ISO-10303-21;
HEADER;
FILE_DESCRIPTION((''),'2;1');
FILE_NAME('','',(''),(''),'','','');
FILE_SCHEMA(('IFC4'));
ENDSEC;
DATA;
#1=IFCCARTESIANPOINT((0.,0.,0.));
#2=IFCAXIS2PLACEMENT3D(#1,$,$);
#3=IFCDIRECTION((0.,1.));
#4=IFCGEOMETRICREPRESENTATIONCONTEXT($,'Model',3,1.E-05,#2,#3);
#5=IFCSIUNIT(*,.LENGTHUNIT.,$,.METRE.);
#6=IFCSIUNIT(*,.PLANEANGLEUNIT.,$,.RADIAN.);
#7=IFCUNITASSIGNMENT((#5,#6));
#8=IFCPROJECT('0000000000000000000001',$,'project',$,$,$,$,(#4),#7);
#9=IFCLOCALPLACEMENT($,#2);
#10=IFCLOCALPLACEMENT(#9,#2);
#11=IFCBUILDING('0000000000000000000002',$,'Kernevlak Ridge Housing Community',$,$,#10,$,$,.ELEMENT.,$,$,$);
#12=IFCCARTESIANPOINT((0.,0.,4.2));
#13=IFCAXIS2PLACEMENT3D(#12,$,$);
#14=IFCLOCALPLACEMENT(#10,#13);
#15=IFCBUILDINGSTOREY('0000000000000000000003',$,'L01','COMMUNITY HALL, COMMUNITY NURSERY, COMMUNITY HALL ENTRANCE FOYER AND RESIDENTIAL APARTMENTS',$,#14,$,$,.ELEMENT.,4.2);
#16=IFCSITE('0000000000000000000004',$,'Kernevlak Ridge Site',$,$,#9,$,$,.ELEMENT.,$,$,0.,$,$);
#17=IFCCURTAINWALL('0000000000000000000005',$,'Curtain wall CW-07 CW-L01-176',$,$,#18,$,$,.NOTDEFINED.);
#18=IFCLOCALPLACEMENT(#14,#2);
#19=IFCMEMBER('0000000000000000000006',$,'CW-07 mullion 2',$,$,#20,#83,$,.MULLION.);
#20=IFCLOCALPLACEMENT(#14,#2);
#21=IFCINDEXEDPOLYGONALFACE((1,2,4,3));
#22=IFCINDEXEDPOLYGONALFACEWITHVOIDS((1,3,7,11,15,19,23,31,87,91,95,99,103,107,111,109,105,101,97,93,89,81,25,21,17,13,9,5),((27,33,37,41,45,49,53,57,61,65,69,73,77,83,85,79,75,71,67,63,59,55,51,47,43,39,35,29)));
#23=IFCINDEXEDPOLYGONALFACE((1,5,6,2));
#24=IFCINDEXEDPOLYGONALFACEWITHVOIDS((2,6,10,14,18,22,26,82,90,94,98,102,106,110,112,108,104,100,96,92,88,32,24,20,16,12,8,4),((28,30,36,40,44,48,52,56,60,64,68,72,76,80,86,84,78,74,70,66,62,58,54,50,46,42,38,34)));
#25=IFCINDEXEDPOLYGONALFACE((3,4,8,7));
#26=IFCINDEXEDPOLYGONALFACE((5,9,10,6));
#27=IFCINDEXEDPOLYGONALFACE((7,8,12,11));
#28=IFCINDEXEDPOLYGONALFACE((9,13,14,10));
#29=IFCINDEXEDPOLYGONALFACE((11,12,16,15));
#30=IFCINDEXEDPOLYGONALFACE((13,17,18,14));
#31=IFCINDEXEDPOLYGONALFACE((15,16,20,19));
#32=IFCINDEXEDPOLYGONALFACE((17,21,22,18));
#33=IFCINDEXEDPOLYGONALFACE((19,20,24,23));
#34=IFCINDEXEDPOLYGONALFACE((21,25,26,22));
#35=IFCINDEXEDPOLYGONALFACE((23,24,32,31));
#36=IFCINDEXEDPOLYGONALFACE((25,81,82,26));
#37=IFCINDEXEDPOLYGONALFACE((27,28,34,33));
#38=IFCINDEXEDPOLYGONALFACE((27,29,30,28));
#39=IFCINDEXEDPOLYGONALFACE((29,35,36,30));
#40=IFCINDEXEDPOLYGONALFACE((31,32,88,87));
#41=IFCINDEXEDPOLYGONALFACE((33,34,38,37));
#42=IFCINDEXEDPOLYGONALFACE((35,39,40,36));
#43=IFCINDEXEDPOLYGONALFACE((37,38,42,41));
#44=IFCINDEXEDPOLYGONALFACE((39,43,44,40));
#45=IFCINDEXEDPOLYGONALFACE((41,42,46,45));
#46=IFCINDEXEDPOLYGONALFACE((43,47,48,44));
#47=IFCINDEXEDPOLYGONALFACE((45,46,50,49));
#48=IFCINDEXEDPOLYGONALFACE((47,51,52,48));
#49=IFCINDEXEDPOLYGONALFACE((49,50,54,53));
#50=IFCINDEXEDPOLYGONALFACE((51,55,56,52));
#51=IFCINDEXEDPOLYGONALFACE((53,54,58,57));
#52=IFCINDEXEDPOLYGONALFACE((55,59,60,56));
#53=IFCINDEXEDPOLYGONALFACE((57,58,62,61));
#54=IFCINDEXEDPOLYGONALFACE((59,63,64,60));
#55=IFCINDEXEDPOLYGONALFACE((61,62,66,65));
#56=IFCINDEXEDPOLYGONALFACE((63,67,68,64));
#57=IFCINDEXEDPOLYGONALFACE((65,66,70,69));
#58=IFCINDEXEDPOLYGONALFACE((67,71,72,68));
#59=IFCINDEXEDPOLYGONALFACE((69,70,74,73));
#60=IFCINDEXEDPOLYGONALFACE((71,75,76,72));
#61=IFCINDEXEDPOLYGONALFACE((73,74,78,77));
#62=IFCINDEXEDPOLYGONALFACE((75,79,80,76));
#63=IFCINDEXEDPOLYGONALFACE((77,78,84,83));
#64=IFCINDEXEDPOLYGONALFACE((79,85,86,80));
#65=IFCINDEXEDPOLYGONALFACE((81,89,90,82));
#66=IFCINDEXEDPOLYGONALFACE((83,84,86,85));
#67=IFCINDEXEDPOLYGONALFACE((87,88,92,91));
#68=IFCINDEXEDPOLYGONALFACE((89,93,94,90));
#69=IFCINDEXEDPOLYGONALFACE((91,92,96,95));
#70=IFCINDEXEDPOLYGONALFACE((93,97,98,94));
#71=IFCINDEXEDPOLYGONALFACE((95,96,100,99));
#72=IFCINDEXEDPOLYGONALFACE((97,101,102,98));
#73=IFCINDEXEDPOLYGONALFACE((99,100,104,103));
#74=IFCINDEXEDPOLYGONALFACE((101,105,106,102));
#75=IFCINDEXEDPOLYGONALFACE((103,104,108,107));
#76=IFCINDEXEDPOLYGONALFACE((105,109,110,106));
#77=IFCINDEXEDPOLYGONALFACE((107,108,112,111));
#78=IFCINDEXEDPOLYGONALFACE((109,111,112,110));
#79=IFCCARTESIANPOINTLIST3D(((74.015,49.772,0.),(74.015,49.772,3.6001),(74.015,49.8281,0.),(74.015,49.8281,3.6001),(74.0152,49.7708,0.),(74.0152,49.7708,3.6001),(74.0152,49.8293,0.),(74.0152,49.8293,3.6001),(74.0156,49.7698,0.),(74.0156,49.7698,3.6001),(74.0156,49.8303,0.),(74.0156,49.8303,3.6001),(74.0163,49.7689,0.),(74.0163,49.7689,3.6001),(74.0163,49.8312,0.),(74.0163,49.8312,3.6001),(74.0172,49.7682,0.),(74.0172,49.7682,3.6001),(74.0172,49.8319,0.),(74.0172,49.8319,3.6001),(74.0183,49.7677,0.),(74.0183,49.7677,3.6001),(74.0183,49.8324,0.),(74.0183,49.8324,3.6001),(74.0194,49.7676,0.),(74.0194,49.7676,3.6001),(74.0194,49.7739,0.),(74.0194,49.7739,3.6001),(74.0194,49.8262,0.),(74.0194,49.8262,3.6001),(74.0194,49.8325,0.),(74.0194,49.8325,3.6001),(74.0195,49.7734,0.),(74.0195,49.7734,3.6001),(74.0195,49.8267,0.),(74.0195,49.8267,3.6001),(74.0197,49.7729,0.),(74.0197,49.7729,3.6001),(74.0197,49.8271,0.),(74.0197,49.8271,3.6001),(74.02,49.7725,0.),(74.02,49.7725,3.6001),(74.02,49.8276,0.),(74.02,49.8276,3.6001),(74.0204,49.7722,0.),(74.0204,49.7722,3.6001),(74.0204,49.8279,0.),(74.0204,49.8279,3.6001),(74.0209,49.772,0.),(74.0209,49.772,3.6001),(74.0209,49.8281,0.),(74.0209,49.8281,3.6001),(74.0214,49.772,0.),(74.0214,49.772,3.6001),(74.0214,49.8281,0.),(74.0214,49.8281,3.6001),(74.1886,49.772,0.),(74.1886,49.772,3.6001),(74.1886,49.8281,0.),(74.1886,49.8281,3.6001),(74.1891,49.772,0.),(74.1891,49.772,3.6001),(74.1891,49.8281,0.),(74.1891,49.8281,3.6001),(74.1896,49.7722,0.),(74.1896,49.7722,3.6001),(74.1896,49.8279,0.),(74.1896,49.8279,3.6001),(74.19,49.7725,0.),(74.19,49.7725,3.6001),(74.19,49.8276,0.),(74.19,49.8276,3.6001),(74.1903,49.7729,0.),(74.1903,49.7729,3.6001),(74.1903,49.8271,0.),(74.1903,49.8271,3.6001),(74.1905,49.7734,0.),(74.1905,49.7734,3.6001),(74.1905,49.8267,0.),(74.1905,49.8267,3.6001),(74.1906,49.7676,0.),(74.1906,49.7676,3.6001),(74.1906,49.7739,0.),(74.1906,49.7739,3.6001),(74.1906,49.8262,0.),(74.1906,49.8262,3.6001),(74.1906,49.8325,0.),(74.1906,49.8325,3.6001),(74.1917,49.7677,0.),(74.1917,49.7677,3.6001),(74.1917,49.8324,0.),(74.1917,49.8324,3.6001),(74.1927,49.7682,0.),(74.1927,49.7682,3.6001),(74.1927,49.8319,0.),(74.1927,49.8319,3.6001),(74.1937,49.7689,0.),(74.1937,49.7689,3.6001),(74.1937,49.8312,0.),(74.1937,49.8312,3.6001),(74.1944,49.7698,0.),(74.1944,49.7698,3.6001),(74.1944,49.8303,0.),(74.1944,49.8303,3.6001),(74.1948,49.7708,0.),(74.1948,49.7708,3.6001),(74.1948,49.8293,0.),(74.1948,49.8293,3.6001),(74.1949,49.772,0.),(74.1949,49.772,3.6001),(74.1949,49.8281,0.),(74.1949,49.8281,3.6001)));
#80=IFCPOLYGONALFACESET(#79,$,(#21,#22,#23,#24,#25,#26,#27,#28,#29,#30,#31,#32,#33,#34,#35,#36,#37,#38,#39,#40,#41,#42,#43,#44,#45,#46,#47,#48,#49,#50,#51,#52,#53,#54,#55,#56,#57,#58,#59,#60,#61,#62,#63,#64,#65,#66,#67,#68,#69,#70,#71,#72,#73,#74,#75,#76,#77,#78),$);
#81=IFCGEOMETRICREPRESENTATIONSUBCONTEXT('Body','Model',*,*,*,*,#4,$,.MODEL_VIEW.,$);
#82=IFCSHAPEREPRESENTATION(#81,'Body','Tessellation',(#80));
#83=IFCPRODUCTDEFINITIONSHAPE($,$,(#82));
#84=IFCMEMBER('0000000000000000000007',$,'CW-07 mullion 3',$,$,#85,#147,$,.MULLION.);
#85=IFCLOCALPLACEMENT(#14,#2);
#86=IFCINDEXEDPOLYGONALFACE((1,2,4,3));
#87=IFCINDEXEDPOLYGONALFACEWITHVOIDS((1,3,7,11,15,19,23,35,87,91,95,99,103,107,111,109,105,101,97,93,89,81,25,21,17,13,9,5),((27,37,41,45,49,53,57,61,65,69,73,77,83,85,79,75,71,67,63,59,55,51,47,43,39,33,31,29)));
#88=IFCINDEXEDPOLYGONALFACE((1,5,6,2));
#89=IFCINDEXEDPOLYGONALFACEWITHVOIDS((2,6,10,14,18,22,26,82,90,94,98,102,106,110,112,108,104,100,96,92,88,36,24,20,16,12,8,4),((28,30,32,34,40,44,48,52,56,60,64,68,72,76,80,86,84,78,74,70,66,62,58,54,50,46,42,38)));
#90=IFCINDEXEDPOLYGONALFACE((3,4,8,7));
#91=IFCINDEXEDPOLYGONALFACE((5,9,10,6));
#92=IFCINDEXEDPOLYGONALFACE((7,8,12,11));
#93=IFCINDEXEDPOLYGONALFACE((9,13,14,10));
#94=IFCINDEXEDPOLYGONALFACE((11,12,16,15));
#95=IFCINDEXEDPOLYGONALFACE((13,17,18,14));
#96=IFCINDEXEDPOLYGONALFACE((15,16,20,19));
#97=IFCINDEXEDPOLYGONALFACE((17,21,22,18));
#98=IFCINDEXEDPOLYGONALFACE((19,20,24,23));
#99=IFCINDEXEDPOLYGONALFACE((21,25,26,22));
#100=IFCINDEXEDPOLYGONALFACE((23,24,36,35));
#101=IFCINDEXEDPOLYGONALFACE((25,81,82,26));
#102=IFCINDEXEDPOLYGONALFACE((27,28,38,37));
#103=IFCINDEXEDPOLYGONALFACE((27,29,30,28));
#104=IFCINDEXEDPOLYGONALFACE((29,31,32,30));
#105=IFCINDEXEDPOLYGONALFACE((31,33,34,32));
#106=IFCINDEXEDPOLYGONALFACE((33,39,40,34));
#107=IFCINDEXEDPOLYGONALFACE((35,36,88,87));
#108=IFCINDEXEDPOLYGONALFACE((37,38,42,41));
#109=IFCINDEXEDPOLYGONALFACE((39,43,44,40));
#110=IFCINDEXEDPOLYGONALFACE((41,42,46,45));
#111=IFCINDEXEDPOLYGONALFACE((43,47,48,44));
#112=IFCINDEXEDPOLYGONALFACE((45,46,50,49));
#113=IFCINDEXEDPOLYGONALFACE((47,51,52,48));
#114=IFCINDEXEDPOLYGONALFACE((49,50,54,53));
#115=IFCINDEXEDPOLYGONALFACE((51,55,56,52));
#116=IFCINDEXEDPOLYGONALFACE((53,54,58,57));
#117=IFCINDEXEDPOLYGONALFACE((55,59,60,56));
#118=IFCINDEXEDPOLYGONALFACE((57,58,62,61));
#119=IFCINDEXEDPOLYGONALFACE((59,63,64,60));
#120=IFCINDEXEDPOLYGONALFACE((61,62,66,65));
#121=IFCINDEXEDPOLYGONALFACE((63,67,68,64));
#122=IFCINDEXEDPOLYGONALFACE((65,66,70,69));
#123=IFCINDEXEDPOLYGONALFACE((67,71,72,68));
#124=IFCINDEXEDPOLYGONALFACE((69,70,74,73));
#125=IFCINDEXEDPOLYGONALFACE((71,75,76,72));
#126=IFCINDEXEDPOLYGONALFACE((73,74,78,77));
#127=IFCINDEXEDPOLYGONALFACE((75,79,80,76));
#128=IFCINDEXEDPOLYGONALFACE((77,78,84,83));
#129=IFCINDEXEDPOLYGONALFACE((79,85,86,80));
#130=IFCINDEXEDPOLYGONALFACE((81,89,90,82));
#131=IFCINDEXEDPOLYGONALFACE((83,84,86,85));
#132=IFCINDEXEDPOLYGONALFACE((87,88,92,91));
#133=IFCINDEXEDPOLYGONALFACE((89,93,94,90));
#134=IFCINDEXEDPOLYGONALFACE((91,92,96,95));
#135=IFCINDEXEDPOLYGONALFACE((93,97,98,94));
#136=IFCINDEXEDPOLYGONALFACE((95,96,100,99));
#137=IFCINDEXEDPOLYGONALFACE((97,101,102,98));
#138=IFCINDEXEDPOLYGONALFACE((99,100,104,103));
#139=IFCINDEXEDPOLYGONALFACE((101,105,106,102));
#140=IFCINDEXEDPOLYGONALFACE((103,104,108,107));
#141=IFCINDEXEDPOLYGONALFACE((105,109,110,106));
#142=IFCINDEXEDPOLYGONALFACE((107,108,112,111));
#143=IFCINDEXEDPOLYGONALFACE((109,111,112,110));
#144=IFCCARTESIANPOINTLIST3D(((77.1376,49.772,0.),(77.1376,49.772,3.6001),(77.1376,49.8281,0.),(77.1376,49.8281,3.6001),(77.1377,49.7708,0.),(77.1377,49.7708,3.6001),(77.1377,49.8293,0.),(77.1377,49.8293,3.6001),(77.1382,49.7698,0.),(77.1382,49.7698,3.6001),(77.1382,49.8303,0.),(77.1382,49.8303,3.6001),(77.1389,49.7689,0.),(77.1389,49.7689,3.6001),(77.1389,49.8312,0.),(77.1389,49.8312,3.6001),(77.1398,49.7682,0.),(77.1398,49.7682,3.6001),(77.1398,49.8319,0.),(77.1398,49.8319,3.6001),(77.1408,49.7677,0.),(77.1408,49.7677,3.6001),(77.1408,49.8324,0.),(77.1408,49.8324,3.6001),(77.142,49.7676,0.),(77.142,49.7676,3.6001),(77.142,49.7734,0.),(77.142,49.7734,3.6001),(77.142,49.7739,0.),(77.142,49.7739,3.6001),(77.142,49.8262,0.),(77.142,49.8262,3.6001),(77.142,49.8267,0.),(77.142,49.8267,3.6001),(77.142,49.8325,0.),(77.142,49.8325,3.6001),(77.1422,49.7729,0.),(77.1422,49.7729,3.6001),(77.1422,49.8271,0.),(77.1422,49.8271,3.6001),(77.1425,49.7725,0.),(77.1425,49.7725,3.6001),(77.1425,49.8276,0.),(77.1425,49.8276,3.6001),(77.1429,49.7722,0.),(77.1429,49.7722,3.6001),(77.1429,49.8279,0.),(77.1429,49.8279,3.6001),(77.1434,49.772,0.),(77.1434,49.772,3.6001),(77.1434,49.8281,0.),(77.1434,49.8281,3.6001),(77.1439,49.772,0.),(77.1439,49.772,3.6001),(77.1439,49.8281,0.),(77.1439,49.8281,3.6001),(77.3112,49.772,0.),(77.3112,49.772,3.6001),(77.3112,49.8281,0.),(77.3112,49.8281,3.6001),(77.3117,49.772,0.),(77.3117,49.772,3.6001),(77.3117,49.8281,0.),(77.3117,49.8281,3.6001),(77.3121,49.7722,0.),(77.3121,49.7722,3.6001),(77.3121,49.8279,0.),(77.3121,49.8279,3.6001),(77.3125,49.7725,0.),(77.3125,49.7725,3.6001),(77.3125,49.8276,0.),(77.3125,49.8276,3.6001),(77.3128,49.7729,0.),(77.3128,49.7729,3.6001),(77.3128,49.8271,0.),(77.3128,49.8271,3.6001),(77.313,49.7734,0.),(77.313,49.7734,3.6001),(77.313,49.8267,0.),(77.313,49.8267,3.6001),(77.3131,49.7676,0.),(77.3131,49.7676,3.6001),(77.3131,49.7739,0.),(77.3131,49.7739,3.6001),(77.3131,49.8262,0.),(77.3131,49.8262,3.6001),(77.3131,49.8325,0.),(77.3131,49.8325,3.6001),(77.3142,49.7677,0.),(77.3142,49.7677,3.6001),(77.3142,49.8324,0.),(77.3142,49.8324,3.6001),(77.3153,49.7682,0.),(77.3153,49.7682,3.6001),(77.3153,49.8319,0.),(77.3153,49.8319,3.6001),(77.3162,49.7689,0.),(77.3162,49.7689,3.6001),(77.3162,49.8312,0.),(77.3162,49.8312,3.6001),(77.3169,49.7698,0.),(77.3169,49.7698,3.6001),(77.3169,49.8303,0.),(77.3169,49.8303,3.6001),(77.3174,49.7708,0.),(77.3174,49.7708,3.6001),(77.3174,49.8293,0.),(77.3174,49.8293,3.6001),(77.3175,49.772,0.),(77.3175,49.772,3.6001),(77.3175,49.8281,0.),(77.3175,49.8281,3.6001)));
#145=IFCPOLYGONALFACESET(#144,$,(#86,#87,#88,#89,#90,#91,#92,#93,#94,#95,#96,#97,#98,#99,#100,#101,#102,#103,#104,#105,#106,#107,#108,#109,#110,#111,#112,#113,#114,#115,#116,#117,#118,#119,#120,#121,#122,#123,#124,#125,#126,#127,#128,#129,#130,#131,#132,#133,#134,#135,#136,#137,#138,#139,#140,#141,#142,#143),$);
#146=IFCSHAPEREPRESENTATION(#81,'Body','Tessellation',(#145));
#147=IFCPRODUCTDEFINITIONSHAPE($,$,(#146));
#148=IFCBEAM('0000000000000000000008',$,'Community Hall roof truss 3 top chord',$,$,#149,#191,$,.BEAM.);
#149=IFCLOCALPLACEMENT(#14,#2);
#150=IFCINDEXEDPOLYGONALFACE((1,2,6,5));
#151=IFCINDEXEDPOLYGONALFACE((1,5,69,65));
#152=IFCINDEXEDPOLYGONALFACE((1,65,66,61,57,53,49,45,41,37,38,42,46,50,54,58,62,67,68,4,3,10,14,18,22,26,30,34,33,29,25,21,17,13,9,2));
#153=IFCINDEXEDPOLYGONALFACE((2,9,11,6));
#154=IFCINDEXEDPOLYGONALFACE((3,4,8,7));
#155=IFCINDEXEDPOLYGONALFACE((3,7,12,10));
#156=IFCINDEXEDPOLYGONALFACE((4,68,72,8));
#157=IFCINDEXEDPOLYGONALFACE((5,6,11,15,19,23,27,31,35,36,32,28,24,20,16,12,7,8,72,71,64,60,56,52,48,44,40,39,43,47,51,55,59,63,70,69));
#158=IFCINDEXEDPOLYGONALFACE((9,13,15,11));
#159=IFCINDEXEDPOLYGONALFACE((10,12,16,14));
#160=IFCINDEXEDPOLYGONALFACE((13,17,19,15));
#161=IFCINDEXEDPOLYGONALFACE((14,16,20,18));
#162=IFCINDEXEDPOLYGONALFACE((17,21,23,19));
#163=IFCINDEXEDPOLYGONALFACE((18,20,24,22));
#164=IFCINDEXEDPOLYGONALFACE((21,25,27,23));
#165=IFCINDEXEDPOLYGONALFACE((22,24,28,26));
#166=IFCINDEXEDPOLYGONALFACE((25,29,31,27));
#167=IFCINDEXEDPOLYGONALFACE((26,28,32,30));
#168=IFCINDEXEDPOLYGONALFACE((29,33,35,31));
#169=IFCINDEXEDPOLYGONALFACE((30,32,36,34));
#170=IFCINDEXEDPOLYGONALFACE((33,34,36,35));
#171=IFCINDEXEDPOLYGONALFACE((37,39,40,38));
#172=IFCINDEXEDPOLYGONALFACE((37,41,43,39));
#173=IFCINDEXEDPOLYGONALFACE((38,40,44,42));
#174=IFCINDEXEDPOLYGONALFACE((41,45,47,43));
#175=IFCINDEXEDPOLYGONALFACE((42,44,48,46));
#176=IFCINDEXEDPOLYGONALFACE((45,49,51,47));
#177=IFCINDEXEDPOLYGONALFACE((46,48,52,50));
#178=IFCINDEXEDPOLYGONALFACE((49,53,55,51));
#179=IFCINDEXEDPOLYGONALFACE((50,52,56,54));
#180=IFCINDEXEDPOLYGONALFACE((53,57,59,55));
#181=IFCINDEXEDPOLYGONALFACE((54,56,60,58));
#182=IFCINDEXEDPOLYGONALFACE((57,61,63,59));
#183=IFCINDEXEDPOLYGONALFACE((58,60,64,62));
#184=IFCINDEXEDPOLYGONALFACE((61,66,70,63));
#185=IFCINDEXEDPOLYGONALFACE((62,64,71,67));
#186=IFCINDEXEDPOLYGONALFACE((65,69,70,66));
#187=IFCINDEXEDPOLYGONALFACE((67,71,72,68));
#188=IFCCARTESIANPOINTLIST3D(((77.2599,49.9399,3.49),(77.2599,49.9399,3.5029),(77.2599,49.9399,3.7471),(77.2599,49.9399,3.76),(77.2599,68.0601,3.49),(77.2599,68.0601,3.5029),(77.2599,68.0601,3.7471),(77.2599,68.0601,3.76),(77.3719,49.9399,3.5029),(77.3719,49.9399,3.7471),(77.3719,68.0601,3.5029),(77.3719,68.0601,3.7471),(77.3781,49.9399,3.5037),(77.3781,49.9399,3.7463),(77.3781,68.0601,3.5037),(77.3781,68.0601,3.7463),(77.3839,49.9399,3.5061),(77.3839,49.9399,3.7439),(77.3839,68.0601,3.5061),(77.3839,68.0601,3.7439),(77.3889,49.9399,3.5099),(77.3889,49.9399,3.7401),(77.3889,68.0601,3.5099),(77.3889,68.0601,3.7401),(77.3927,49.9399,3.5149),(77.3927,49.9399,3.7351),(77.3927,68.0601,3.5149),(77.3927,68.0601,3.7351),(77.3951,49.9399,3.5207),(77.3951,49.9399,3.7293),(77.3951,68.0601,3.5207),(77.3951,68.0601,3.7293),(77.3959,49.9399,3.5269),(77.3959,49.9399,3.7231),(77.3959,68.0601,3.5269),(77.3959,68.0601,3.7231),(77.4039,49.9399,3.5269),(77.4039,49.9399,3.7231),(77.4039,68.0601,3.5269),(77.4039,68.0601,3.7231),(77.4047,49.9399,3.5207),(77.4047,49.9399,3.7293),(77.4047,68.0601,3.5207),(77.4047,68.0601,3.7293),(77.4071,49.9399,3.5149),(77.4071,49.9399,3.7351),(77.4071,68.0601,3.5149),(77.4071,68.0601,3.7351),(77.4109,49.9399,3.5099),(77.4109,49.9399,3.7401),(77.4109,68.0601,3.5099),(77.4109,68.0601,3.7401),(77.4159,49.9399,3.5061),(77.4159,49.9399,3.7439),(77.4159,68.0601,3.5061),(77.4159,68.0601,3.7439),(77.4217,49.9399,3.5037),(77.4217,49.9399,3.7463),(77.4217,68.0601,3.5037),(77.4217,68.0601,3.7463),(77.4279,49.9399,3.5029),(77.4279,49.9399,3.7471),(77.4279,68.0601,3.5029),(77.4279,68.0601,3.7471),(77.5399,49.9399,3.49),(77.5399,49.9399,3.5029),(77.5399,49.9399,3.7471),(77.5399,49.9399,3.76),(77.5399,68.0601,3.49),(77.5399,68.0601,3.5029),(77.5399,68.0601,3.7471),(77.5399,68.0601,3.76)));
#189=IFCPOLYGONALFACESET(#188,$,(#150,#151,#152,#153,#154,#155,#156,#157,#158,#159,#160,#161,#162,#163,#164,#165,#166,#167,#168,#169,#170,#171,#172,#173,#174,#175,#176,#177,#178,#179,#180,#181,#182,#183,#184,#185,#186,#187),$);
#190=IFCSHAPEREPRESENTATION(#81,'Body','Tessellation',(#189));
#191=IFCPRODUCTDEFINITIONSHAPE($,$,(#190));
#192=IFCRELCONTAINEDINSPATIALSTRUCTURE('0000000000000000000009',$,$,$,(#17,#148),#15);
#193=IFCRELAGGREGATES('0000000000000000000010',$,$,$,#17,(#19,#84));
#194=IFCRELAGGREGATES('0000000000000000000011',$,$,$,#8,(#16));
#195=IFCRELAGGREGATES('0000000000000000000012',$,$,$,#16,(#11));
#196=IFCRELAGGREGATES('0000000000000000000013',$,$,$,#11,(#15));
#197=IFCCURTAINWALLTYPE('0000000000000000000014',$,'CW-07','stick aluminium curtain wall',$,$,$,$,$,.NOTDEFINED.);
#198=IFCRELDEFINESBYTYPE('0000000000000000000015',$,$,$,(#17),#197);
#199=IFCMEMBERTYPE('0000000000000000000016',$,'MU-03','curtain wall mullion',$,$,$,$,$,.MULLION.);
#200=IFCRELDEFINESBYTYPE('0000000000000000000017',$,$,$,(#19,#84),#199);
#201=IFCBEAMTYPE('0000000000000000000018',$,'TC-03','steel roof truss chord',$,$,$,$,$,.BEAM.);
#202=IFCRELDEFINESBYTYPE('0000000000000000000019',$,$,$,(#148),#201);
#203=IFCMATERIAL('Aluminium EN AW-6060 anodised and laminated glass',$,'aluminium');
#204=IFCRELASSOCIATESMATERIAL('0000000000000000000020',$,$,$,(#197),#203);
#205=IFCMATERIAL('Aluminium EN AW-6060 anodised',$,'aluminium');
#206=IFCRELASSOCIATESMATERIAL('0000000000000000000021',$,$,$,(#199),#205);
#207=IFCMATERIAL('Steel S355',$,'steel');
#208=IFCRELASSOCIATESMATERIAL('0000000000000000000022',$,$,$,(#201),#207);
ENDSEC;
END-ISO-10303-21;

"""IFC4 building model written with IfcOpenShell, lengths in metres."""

from ifc_helpers import new_model, si_unit, direction, frame, origin, origin_2d, place, context, subcontext, project, spatial, hollow_rectangle, i_section, extrude, material, material_profile, profile_set, type_object, element, aggregate, save


model = new_model("IFC4")

# Units and contexts
model_context = context("Model", 3, precision=1e-05, world=origin(), true_north=direction((0.0, 1.0)))
body_context = subcontext(model_context, "Body", "Model", "MODEL_VIEW")
ifc_project = project(units=[si_unit("LENGTHUNIT", "METRE"), si_unit("PLANEANGLEUNIT", "RADIAN")], contexts=[model_context])

# Site, building, storey
site_placement = place(None, origin())
site = spatial("IfcSite", under=ifc_project, at=site_placement, Name="Kernevlak Ridge Site", CompositionType="ELEMENT", RefElevation=0.0)
building_placement = place(site_placement, origin())
building = spatial("IfcBuilding", under=site, at=building_placement, Name="Kernevlak Ridge Housing Community", CompositionType="ELEMENT")
storey_placement = place(building_placement, frame((0.0, 0.0, 4.2)))
storey = spatial("IfcBuildingStorey", under=building, at=storey_placement, Name="L01", Description="COMMUNITY HALL, COMMUNITY NURSERY, COMMUNITY HALL ENTRANCE FOYER AND RESIDENTIAL APARTMENTS", CompositionType="ELEMENT", Elevation=4.2)

# Shared definitions
ifc_material_1 = material(Name="Steel S355", Category="steel")

# Curtain wall, members
ifc_material_2 = material(Name="Aluminium EN AW-6060 anodised and laminated glass", Category="aluminium")
curtain_wall_type = type_object("IfcCurtainWallType", Name="CW-07", Description="stick aluminium curtain wall", PredefinedType="NOTDEFINED", material=ifc_material_2)
curtain_wall_placement = place(storey_placement, origin())
curtain_wall = element("IfcCurtainWall", 1, at=curtain_wall_placement, inside=storey, type_object=curtain_wall_type, Name="Curtain wall CW-07 CW-L01-176", PredefinedType="NOTDEFINED")
ifc_material_3 = material(Name="Aluminium EN AW-6060 anodised", Category="aluminium")
ifc_material_profile_1 = material_profile(ifc_material_3, hollow_rectangle(XDim=0.0649, YDim=0.1799, WallThickness=0.0044, InnerFilletRadius=0.002, OuterFilletRadius=0.0044, at=origin_2d()), Name="ALU 65x180x4.5")
ifc_profile_set_1 = profile_set([ifc_material_profile_1], Name="Aluminium EN AW-6060 anodised")
member_type_1 = type_object("IfcMemberType", Name="MU-03", Description="curtain wall mullion", PredefinedType="MULLION", material=ifc_profile_set_1)
member_1_placement = place(storey_placement, frame((74.105, 49.8, 0.0), z_axis=(0.0, 0.0, 1.0), x_axis=(0.0, 1.0, 0.0)))
member_1 = element("IfcMember", 2, at=member_1_placement, type_object=member_type_1, Name="CW-07 mullion 2", PredefinedType="MULLION", context=body_context, shape_type="SweptSolid", body=[
    extrude(hollow_rectangle(XDim=0.0649, YDim=0.1799, WallThickness=0.0044, InnerFilletRadius=0.002, OuterFilletRadius=0.0044, at=origin_2d()), origin(), (0.0, 0.0, 1.0), 3.6001),
])
member_2_placement = place(storey_placement, frame((77.2275, 49.8, 0.0), z_axis=(0.0, 0.0, 1.0), x_axis=(0.0, 1.0, 0.0)))
member_2 = element("IfcMember", 3, at=member_2_placement, type_object=member_type_1, Name="CW-07 mullion 3", PredefinedType="MULLION", context=body_context, shape_type="SweptSolid", body=[
    extrude(hollow_rectangle(XDim=0.0649, YDim=0.1799, WallThickness=0.0044, InnerFilletRadius=0.002, OuterFilletRadius=0.0044, at=origin_2d()), origin(), (0.0, 0.0, 1.0), 3.6001),
])

# Beam
ifc_material_profile_2 = material_profile(ifc_material_1, i_section(OverallWidth=0.28, OverallDepth=0.27, WebThickness=0.0081, FlangeThickness=0.0129, FilletRadius=0.0239, at=origin_2d()), Name="HEA 280")
ifc_profile_set_2 = profile_set([ifc_material_profile_2], Name="Steel S355")
beam_type_1 = type_object("IfcBeamType", Name="TC-03", Description="steel roof truss chord", PredefinedType="BEAM", material=ifc_profile_set_2)
beam_1_placement = place(storey_placement, frame((77.3999, 49.9399, 3.625), z_axis=(0.0, 1.0, 0.0), x_axis=(-1.0, 0.0, 0.0)))
element("IfcBeam", 4, at=beam_1_placement, inside=storey, type_object=beam_type_1, Name="Community Hall roof truss 3 top chord", PredefinedType="BEAM", context=body_context, shape_type="SweptSolid", body=[
    extrude(i_section(OverallWidth=0.28, OverallDepth=0.27, WebThickness=0.0081, FlangeThickness=0.0129, FilletRadius=0.0239, at=origin_2d()), origin(), (0.0, 0.0, 1.0), 18.1201),
])

aggregate(curtain_wall, [member_1, member_2])

save(model, "model.ifc")
